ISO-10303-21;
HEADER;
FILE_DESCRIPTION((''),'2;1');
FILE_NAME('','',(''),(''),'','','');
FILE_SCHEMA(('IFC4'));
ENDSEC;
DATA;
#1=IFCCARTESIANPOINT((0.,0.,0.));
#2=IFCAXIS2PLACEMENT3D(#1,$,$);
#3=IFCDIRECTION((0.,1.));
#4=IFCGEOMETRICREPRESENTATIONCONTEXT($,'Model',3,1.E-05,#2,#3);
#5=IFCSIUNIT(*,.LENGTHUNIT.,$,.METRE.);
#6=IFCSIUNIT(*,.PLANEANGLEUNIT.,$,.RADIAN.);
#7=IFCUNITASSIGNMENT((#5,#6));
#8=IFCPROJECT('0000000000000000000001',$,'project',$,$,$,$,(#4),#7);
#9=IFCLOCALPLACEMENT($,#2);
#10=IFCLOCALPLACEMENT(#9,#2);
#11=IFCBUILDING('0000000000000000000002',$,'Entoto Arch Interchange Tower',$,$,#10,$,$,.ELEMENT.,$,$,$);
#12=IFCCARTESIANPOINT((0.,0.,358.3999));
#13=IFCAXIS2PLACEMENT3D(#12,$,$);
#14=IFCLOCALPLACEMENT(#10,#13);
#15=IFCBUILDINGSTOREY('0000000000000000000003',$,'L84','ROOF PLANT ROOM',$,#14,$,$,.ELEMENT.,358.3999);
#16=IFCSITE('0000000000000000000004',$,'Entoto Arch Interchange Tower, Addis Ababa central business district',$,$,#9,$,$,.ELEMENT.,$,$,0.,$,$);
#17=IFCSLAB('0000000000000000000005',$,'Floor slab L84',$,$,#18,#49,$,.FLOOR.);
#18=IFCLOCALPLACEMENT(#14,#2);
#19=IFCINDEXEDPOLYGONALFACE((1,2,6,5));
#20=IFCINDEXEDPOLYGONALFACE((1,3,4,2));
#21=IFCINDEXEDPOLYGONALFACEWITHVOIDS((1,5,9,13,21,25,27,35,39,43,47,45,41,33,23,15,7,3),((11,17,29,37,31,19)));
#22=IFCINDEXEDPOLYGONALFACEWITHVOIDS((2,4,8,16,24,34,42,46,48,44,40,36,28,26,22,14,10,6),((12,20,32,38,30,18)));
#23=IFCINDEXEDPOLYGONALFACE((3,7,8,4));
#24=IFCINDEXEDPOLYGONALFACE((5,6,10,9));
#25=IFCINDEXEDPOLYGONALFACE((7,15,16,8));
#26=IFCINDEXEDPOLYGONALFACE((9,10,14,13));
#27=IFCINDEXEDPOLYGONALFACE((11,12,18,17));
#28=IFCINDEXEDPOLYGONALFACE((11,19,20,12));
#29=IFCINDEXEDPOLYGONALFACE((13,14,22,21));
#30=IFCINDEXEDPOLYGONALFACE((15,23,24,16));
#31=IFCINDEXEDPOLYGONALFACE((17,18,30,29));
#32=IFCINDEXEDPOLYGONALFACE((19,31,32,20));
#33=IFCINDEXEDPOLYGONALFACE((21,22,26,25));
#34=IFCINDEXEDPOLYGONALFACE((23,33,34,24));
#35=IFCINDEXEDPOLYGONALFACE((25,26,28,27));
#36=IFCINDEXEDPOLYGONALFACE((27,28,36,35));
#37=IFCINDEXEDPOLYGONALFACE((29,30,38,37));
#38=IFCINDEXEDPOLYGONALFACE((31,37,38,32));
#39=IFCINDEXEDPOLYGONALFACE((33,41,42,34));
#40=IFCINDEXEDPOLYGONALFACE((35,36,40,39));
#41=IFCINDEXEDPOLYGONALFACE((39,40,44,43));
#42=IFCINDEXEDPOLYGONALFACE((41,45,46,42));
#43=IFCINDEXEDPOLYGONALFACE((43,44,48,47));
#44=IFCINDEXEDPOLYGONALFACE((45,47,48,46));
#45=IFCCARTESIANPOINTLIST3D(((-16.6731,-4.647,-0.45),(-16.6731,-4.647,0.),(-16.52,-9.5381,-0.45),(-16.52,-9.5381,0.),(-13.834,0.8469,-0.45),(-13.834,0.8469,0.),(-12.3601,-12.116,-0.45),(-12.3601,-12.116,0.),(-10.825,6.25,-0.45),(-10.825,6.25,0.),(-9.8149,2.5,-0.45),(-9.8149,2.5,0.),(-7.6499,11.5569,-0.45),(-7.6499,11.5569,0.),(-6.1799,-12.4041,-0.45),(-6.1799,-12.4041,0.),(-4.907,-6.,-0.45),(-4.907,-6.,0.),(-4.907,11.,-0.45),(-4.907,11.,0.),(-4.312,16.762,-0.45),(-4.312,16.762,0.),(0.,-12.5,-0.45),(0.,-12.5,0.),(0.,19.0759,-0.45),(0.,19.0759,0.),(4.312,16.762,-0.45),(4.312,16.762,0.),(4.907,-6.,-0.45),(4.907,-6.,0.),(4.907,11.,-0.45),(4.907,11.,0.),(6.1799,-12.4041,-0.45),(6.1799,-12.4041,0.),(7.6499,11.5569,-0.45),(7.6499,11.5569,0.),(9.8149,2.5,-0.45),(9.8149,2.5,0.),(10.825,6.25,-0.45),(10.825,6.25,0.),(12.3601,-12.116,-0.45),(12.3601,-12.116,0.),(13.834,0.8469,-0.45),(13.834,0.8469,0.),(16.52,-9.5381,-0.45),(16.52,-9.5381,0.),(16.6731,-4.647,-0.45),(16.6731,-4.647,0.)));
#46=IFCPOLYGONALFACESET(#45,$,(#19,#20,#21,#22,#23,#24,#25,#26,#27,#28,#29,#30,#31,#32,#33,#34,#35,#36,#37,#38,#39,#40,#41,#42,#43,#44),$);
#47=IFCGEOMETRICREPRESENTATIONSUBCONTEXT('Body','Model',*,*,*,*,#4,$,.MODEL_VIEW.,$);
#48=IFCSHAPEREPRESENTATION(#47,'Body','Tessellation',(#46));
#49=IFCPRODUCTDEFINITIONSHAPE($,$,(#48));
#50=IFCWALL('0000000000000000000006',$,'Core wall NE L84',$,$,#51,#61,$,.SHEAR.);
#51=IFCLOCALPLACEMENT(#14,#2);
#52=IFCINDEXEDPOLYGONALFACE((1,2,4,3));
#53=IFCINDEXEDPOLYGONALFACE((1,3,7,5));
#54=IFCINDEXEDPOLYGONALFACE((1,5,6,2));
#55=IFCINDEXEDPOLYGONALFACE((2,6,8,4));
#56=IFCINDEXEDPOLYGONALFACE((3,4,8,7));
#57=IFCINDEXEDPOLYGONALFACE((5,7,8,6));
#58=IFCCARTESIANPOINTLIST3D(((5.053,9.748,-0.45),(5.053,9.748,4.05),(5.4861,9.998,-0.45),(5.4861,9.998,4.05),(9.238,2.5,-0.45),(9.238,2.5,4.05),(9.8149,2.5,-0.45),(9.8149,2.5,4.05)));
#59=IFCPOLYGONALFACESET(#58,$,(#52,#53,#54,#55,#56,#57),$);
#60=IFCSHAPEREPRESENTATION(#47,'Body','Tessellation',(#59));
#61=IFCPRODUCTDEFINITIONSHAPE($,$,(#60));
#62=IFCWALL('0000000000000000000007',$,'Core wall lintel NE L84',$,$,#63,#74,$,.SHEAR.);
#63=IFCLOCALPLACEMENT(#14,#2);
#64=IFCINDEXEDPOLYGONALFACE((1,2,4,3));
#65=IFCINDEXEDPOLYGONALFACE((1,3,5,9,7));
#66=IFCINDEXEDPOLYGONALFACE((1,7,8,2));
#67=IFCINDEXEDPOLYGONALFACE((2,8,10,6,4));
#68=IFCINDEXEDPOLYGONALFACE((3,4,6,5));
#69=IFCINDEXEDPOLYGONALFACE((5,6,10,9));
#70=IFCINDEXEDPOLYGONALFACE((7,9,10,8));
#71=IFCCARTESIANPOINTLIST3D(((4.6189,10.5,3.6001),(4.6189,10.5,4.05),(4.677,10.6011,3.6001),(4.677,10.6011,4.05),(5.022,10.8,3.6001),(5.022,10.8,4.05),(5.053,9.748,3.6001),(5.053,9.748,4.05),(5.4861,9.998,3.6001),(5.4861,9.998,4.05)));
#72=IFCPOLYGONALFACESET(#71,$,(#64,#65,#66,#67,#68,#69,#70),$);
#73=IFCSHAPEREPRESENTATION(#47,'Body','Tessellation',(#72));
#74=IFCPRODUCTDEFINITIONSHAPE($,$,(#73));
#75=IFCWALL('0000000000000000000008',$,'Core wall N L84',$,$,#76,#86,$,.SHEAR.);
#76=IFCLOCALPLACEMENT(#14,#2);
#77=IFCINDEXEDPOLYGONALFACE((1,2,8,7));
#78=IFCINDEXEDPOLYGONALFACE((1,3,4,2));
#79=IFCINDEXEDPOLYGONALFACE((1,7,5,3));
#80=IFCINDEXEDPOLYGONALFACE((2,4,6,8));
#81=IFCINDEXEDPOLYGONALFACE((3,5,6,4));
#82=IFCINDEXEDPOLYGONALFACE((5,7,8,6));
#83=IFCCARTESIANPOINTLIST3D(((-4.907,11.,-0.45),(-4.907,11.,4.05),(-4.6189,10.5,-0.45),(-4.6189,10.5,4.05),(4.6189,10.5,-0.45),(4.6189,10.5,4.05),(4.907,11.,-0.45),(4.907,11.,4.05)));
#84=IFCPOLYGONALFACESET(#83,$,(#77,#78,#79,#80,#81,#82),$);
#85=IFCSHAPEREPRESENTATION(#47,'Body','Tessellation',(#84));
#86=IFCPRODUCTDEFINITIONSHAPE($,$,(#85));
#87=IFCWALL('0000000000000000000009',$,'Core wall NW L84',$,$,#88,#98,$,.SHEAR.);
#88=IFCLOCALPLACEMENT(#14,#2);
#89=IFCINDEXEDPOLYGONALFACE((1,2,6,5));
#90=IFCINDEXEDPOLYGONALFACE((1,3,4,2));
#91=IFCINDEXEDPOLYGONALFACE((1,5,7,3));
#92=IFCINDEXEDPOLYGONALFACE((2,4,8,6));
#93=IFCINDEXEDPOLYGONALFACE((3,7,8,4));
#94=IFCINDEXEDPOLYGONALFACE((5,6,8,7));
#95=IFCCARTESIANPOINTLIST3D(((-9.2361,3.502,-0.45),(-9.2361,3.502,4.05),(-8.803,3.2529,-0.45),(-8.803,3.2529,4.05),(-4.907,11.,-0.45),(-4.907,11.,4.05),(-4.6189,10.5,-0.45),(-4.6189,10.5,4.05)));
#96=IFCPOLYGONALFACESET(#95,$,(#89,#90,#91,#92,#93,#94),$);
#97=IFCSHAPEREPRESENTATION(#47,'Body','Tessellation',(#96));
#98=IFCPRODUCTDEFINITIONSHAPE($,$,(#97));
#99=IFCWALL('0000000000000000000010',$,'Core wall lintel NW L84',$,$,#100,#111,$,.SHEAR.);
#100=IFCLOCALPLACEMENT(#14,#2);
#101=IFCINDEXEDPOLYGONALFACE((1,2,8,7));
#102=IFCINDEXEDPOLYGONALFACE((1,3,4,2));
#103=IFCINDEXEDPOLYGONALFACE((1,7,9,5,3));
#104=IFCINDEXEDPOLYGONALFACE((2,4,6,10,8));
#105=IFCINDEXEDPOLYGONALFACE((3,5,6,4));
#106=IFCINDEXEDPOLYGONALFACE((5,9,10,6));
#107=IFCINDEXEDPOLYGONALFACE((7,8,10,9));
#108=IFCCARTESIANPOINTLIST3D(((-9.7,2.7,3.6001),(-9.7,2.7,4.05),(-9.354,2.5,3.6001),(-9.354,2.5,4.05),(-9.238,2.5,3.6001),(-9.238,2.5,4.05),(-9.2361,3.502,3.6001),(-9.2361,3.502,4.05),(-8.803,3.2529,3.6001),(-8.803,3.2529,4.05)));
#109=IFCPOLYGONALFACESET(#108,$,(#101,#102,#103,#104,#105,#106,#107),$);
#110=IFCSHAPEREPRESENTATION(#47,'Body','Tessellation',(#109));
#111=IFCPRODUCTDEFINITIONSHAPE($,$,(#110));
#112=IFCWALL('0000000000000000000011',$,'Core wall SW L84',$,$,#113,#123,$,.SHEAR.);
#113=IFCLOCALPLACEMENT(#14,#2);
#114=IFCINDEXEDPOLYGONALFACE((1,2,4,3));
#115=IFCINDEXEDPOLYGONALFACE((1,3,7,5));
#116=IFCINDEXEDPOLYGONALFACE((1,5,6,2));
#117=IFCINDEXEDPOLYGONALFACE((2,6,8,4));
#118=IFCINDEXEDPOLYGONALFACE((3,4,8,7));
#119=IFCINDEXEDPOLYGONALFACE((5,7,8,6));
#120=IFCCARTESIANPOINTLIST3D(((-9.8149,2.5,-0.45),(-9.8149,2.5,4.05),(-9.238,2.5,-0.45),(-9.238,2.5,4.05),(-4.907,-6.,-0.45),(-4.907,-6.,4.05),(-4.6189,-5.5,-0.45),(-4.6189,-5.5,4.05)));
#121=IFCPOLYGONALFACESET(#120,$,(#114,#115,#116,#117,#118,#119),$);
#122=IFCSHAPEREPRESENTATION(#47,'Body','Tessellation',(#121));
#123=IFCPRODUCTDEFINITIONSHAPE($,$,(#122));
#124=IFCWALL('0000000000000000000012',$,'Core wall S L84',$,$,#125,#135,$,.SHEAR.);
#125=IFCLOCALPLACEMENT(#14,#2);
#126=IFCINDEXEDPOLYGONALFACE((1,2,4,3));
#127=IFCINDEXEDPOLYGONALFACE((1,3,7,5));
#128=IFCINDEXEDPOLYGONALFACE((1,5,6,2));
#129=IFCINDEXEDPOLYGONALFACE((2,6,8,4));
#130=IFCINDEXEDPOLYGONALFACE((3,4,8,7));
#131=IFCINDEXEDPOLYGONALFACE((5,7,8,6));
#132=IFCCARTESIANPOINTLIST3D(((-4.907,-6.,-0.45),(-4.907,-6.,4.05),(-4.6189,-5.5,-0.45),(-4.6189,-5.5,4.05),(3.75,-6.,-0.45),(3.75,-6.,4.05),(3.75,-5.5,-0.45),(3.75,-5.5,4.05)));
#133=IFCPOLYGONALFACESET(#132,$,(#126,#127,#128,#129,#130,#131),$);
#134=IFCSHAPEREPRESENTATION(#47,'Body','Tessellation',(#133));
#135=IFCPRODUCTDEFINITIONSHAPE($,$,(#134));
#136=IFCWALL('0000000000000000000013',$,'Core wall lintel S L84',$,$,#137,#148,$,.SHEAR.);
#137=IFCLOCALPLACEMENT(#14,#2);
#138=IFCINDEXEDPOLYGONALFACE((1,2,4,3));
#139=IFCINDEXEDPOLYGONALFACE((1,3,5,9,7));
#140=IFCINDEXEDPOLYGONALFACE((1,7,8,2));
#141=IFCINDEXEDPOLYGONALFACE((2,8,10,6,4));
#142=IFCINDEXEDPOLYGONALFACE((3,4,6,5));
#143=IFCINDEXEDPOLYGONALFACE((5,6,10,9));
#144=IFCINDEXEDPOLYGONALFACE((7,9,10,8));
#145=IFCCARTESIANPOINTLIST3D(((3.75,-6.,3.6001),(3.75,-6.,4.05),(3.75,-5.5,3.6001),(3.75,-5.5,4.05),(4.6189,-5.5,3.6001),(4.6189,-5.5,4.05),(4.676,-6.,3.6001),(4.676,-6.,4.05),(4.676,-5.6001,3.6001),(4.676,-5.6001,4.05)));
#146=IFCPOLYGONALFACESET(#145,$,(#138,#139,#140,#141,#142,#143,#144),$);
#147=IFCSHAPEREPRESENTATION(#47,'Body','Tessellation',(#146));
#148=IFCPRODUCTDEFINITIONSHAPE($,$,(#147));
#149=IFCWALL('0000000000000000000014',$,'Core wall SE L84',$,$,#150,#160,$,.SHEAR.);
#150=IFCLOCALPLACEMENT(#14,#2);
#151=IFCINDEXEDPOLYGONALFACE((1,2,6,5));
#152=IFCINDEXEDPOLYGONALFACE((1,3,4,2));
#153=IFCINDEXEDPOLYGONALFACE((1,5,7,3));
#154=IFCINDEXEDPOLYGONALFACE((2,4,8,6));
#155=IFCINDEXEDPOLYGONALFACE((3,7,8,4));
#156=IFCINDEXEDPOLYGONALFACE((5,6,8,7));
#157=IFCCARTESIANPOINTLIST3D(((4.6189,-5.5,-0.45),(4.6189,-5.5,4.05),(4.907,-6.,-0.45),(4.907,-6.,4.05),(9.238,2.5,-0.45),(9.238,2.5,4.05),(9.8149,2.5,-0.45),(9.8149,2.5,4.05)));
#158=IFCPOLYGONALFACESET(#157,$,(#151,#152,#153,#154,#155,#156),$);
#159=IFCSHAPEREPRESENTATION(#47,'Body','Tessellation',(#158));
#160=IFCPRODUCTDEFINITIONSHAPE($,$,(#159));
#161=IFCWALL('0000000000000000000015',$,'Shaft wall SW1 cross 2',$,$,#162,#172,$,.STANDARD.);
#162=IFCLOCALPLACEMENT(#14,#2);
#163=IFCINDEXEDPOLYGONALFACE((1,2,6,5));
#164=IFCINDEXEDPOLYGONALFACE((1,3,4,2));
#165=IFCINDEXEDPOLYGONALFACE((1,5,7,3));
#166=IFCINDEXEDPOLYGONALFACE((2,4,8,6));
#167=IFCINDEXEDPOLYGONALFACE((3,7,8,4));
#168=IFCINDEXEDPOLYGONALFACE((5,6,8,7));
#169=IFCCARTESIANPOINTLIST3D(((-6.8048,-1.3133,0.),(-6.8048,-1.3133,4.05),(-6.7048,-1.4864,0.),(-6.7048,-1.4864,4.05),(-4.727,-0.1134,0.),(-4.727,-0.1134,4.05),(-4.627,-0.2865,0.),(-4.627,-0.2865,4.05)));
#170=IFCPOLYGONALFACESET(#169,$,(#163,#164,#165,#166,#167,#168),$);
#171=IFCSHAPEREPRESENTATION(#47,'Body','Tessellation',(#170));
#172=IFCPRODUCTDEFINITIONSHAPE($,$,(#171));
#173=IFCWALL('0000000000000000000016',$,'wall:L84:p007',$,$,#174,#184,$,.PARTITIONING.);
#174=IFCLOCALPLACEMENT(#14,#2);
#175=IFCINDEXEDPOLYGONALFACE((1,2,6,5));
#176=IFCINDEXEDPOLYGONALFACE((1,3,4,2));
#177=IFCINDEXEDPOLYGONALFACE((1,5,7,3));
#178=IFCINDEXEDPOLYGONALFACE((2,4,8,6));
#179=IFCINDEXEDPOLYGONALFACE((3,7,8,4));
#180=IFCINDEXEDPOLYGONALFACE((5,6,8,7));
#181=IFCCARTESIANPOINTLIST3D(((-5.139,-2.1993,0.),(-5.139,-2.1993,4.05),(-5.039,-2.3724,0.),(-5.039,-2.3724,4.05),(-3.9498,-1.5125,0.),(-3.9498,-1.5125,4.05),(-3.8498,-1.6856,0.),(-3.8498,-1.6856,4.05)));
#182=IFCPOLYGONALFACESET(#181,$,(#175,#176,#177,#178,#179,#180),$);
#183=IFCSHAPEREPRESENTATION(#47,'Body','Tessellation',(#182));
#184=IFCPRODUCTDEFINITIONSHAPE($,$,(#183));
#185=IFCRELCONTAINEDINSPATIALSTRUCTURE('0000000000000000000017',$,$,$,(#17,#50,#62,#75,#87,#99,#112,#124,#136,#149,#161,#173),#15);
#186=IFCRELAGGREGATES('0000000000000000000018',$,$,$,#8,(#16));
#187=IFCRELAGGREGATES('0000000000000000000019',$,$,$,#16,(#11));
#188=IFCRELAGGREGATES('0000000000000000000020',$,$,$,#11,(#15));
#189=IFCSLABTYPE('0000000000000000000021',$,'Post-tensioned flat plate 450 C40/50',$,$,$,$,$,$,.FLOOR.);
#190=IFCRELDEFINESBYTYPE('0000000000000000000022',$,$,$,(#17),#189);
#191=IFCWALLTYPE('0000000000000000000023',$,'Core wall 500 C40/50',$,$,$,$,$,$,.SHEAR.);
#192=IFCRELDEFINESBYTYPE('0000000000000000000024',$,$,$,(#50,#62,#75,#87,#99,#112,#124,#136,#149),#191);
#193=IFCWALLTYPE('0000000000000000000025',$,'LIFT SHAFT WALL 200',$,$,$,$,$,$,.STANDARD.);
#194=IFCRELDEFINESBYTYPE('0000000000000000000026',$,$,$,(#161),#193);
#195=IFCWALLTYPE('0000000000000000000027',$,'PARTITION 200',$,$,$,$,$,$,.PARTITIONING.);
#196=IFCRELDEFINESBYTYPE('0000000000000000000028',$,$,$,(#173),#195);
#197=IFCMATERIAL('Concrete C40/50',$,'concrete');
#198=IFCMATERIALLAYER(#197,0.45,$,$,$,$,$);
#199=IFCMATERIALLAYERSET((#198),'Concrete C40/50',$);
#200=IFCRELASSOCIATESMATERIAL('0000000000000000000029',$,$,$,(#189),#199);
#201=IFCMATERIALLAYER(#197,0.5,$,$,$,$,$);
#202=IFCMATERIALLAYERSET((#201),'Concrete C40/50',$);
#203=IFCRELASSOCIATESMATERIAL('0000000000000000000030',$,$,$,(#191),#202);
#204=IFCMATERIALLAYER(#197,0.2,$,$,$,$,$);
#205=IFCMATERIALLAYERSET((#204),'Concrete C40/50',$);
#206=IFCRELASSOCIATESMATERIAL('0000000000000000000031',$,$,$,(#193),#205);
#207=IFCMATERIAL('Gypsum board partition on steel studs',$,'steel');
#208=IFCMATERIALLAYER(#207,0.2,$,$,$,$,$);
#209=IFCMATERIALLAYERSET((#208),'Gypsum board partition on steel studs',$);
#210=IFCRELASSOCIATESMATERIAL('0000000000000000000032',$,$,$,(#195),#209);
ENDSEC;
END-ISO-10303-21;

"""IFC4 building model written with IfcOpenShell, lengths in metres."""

from ifc_helpers import new_model, si_unit, direction, frame, frame_2d, origin, place, context, subcontext, project, spatial, polyline, rectangle, outline, extrude, material, layer, layer_set, type_object, element, save


model = new_model("IFC4")

# Units and contexts
model_context = context("Model", 3, precision=1e-05, world=origin(), true_north=direction((0.0, 1.0)))
body_context = subcontext(model_context, "Body", "Model", "MODEL_VIEW")
ifc_project = project(units=[si_unit("LENGTHUNIT", "METRE"), si_unit("PLANEANGLEUNIT", "RADIAN")], contexts=[model_context])

# Site, building, storey
site_placement = place(None, origin())
site = spatial("IfcSite", under=ifc_project, at=site_placement, Name="Entoto Arch Interchange Tower, Addis Ababa central business district", CompositionType="ELEMENT", RefElevation=0.0)
building_placement = place(site_placement, origin())
building = spatial("IfcBuilding", under=site, at=building_placement, Name="Entoto Arch Interchange Tower", CompositionType="ELEMENT")
storey_placement = place(building_placement, frame((0.0, 0.0, 358.3999)))
storey = spatial("IfcBuildingStorey", under=building, at=storey_placement, Name="L84", Description="ROOF PLANT ROOM", CompositionType="ELEMENT", Elevation=358.3999)

# Slab
ifc_material_1 = material(Name="Concrete C40/50", Category="concrete")
ifc_layer_1 = layer(ifc_material_1, 0.45)
ifc_layer_set_1 = layer_set([ifc_layer_1], Name="Concrete C40/50")
slab_type = type_object("IfcSlabType", Name="Post-tensioned flat plate 450 C40/50", PredefinedType="FLOOR", material=ifc_layer_set_1)
slab_placement = place(storey_placement, frame((0.0, 0.0, -0.45)))
element("IfcSlab", 1, at=slab_placement, inside=storey, type_object=slab_type, Name="Floor slab L84", PredefinedType="FLOOR", context=body_context, shape_type="SweptSolid", body=[
    extrude(outline(polyline([(-12.3601, -12.116), (-6.1799, -12.4041), (0.0, -12.5), (6.1799, -12.4041), (12.3601, -12.116), (16.52, -9.5381), (16.6731, -4.647), (13.834, 0.8469), (10.825, 6.25), (7.6499, 11.5569), (4.312, 16.762), (0.0, 19.0759), (-4.312, 16.762), (-7.6499, 11.5569), (-10.825, 6.25), (-13.834, 0.8469), (-16.6731, -4.647), (-16.52, -9.5381), (-12.3601, -12.116)]), holes=[polyline([(4.907, 11.0), (-4.907, 11.0), (-9.8149, 2.5), (-4.907, -6.0), (4.907, -6.0), (9.8149, 2.5), (4.907, 11.0)])]), origin(), (0.0, 0.0, 1.0), 0.45),
])

# Walls
ifc_layer_2 = layer(ifc_material_1, 0.5)
ifc_layer_set_2 = layer_set([ifc_layer_2], Name="Concrete C40/50")
wall_type_1 = type_object("IfcWallType", Name="Core wall 500 C40/50", PredefinedType="SHEAR", material=ifc_layer_set_2)
wall_1_placement = place(storey_placement, frame((0.0, 0.0, -0.45)))
element("IfcWall", 2, at=wall_1_placement, inside=storey, type_object=wall_type_1, Name="Core wall NE L84", PredefinedType="SHEAR", context=body_context, shape_type="SweptSolid", body=[
    extrude(outline(polyline([(5.4861, 9.998), (5.053, 9.748), (9.238, 2.5), (9.8149, 2.5), (5.4861, 9.998)])), origin(), (0.0, 0.0, 1.0), 4.5),
])
wall_2_placement = place(storey_placement, frame((0.0, 0.0, 3.6001)))
element("IfcWall", 3, at=wall_2_placement, inside=storey, type_object=wall_type_1, Name="Core wall lintel NE L84", PredefinedType="SHEAR", context=body_context, shape_type="SweptSolid", body=[
    extrude(outline(polyline([(5.022, 10.8), (4.677, 10.6011), (4.6189, 10.5), (5.053, 9.748), (5.4861, 9.998), (5.022, 10.8)])), origin(), (0.0, 0.0, 1.0), 0.45),
])
wall_3_placement = place(storey_placement, frame((0.0, 0.0, -0.45)))
element("IfcWall", 4, at=wall_3_placement, inside=storey, type_object=wall_type_1, Name="Core wall N L84", PredefinedType="SHEAR", context=body_context, shape_type="SweptSolid", body=[
    extrude(outline(polyline([(4.907, 11.0), (-4.907, 11.0), (-4.6189, 10.5), (4.6189, 10.5), (4.907, 11.0)])), origin(), (0.0, 0.0, 1.0), 4.5),
])
wall_4_placement = place(storey_placement, frame((0.0, 0.0, -0.45)))
element("IfcWall", 5, at=wall_4_placement, inside=storey, type_object=wall_type_1, Name="Core wall NW L84", PredefinedType="SHEAR", context=body_context, shape_type="SweptSolid", body=[
    extrude(outline(polyline([(-9.2361, 3.502), (-8.803, 3.2529), (-4.6189, 10.5), (-4.907, 11.0), (-9.2361, 3.502)])), origin(), (0.0, 0.0, 1.0), 4.5),
])
wall_5_placement = place(storey_placement, frame((0.0, 0.0, 3.6001)))
element("IfcWall", 6, at=wall_5_placement, inside=storey, type_object=wall_type_1, Name="Core wall lintel NW L84", PredefinedType="SHEAR", context=body_context, shape_type="SweptSolid", body=[
    extrude(outline(polyline([(-9.7, 2.7), (-9.354, 2.5), (-9.238, 2.5), (-8.803, 3.2529), (-9.2361, 3.502), (-9.7, 2.7)])), origin(), (0.0, 0.0, 1.0), 0.45),
])
wall_6_placement = place(storey_placement, frame((0.0, 0.0, -0.45)))
element("IfcWall", 7, at=wall_6_placement, inside=storey, type_object=wall_type_1, Name="Core wall SW L84", PredefinedType="SHEAR", context=body_context, shape_type="SweptSolid", body=[
    extrude(outline(polyline([(-9.8149, 2.5), (-4.907, -6.0), (-4.6189, -5.5), (-9.238, 2.5), (-9.8149, 2.5)])), origin(), (0.0, 0.0, 1.0), 4.5),
])
wall_7_placement = place(storey_placement, frame((0.0, 0.0, -0.45)))
element("IfcWall", 8, at=wall_7_placement, inside=storey, type_object=wall_type_1, Name="Core wall S L84", PredefinedType="SHEAR", context=body_context, shape_type="SweptSolid", body=[
    extrude(outline(polyline([(3.75, -6.0), (3.75, -5.5), (-4.6189, -5.5), (-4.907, -6.0), (3.75, -6.0)])), origin(), (0.0, 0.0, 1.0), 4.5),
])
wall_8_placement = place(storey_placement, frame((0.0, 0.0, 3.6001)))
element("IfcWall", 9, at=wall_8_placement, inside=storey, type_object=wall_type_1, Name="Core wall lintel S L84", PredefinedType="SHEAR", context=body_context, shape_type="SweptSolid", body=[
    extrude(outline(polyline([(4.676, -6.0), (4.676, -5.6001), (4.6189, -5.5), (3.75, -5.5), (3.75, -6.0), (4.676, -6.0)])), origin(), (0.0, 0.0, 1.0), 0.45),
])
wall_9_placement = place(storey_placement, frame((0.0, 0.0, -0.45)))
element("IfcWall", 10, at=wall_9_placement, inside=storey, type_object=wall_type_1, Name="Core wall SE L84", PredefinedType="SHEAR", context=body_context, shape_type="SweptSolid", body=[
    extrude(outline(polyline([(4.907, -6.0), (9.8149, 2.5), (9.238, 2.5), (4.6189, -5.5), (4.907, -6.0)])), origin(), (0.0, 0.0, 1.0), 4.5),
])
ifc_layer_3 = layer(ifc_material_1, 0.2)
ifc_layer_set_3 = layer_set([ifc_layer_3], Name="Concrete C40/50")
wall_type_2 = type_object("IfcWallType", Name="LIFT SHAFT WALL 200", PredefinedType="STANDARD", material=ifc_layer_set_3)
wall_10_placement = place(storey_placement, frame((-4.677, -0.2, 0.0), z_axis=(0.0, 0.0, 1.0), x_axis=(-0.865974, -0.500089, 0.0)))
element("IfcWall", 11, at=wall_10_placement, inside=storey, type_object=wall_type_2, Name="Shaft wall SW1 cross 2", PredefinedType="STANDARD", context=body_context, shape_type="SweptSolid", body=[
    extrude(rectangle(XDim=2.3994, YDim=0.2, at=frame_2d((1.1997, 0.0))), origin(), (0.0, 0.0, 1.0), 4.05),
])
ifc_material_2 = material(Name="Gypsum board partition on steel studs", Category="steel")
ifc_layer_4 = layer(ifc_material_2, 0.2)
ifc_layer_set_4 = layer_set([ifc_layer_4], Name="Gypsum board partition on steel studs")
wall_type_3 = type_object("IfcWallType", Name="PARTITION 200", PredefinedType="PARTITIONING", material=ifc_layer_set_4)
wall_11_placement = place(storey_placement, frame((-3.8999, -1.5991, 0.0), z_axis=(0.0, 0.0, 1.0), x_axis=(-0.865969, -0.500097, 0.0)))
element("IfcWall", 12, at=wall_11_placement, inside=storey, type_object=wall_type_3, Name="wall:L84:p007", PredefinedType="PARTITIONING", context=body_context, shape_type="SweptSolid", body=[
    extrude(rectangle(XDim=1.3733, YDim=0.2, at=frame_2d((0.6865, 0.0))), origin(), (0.0, 0.0, 1.0), 4.05),
])

save(model, "model.ifc")
